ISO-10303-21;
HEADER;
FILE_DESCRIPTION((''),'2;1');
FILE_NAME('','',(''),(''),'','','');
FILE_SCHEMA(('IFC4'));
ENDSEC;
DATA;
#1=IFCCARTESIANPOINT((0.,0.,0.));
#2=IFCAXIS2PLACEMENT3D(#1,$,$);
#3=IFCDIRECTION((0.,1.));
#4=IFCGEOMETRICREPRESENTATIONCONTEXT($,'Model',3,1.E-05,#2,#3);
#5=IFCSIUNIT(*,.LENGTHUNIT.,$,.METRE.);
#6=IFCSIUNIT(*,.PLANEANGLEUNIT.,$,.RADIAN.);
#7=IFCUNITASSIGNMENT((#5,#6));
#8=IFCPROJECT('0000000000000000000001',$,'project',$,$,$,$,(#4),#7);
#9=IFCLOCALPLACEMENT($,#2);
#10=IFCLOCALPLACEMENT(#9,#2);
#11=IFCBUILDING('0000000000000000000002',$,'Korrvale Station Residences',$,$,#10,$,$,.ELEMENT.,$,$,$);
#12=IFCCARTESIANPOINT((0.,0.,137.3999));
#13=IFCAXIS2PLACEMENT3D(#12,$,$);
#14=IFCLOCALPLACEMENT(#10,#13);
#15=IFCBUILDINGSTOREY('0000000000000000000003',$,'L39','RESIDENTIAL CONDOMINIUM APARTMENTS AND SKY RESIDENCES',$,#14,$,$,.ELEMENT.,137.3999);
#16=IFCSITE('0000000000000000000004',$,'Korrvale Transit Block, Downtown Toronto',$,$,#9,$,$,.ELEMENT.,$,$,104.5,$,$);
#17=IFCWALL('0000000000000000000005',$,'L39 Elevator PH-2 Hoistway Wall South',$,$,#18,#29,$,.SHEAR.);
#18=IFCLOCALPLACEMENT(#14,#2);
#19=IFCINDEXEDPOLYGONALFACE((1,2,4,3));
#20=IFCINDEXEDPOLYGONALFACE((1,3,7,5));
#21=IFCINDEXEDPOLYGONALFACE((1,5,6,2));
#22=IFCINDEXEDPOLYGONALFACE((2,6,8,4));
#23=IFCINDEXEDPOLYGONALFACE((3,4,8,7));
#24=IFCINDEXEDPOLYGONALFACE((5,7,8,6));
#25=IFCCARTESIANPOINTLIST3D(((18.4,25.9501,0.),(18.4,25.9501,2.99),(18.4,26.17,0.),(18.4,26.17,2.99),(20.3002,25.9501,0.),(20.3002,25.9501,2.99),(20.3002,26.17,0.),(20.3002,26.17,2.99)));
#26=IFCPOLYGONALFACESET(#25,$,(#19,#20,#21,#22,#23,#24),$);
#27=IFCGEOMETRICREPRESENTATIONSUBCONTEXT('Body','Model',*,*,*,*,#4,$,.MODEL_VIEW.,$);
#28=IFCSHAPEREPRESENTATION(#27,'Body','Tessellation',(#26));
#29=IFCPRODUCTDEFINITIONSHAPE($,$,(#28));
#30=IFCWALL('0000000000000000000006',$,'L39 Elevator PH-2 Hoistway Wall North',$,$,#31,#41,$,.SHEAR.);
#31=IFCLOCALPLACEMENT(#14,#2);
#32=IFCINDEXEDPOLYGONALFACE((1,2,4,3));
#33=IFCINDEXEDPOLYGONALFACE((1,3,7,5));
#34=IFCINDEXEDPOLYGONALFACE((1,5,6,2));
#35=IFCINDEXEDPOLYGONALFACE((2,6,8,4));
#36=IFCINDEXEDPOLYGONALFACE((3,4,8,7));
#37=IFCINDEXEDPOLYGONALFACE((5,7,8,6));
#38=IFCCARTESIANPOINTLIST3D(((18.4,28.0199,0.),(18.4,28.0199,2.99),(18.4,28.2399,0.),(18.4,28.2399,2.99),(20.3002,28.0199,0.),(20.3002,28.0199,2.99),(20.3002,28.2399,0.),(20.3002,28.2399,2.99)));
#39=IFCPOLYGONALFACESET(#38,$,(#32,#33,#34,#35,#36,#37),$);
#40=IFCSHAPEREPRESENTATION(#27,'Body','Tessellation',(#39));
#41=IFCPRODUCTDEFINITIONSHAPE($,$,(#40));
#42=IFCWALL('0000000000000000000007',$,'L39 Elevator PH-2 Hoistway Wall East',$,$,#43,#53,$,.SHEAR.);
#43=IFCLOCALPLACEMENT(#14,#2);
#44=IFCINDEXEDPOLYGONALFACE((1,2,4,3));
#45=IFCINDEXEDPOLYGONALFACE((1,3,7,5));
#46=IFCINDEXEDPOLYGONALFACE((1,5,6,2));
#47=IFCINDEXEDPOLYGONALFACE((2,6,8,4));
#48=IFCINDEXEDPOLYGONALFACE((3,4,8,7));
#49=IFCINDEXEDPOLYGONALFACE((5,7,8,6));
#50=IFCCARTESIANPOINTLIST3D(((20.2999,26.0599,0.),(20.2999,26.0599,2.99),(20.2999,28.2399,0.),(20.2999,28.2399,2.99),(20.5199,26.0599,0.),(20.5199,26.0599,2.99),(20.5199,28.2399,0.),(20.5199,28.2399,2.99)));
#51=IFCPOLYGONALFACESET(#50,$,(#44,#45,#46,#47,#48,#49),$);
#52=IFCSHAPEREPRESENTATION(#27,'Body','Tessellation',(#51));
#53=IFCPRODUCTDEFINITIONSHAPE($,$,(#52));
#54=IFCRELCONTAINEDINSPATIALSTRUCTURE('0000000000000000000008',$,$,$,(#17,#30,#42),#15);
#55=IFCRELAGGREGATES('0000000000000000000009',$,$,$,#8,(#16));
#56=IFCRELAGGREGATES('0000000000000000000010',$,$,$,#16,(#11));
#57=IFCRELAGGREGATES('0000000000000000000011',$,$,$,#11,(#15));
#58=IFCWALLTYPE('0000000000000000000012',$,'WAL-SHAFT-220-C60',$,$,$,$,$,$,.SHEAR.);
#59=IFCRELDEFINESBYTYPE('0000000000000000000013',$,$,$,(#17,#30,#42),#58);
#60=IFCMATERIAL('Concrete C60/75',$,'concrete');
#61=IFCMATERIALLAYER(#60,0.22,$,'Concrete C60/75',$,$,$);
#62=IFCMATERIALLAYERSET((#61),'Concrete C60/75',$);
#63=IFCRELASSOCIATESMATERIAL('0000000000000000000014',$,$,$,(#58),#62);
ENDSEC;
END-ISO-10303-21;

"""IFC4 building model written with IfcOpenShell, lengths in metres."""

from ifc_helpers import new_model, si_unit, direction, frame, frame_2d, origin, place, context, subcontext, project, spatial, rectangle, extrude, material, layer, layer_set, type_object, element, save


model = new_model("IFC4")

# Units and contexts
model_context = context("Model", 3, precision=1e-05, world=origin(), true_north=direction((0.0, 1.0)))
body_context = subcontext(model_context, "Body", "Model", "MODEL_VIEW")
ifc_project = project(units=[si_unit("LENGTHUNIT", "METRE"), si_unit("PLANEANGLEUNIT", "RADIAN")], contexts=[model_context])

# Site, building, storey
site_placement = place(None, origin())
site = spatial("IfcSite", under=ifc_project, at=site_placement, Name="Korrvale Transit Block, Downtown Toronto", CompositionType="ELEMENT", RefElevation=104.5)
building_placement = place(site_placement, origin())
building = spatial("IfcBuilding", under=site, at=building_placement, Name="Korrvale Station Residences", CompositionType="ELEMENT")
storey_placement = place(building_placement, frame((0.0, 0.0, 137.3999)))
storey = spatial("IfcBuildingStorey", under=building, at=storey_placement, Name="L39", Description="RESIDENTIAL CONDOMINIUM APARTMENTS AND SKY RESIDENCES", CompositionType="ELEMENT", Elevation=137.3999)

# Shared definitions
ifc_material_1 = material(Name="Concrete C60/75", Category="concrete")

# Shared definitions
ifc_layer_1 = layer(ifc_material_1, 0.22, Name="Concrete C60/75")
ifc_layer_set_1 = layer_set([ifc_layer_1], Name="Concrete C60/75")
wall_type_1 = type_object("IfcWallType", Name="WAL-SHAFT-220-C60", PredefinedType="SHEAR", material=ifc_layer_set_1)

# Walls
for number, where, z_axis, x_axis, name in (
    (1, (18.3999, 26.0601, 0.0), (0.0, 0.0, 1.0), (1.0, 0.0, 0.0), "L39 Elevator PH-2 Hoistway Wall South"),
    (2, (18.3999, 28.1299, 0.0), (0.0, 0.0, 1.0), (1.0, 0.0, 0.0), "L39 Elevator PH-2 Hoistway Wall North"),
):
    element("IfcWall", number, at=place(storey_placement, frame(where, z_axis=z_axis, x_axis=x_axis)), inside=storey, type_object=wall_type_1, Name=name, PredefinedType="SHEAR", context=body_context, shape_type="SweptSolid", body=[
        extrude(rectangle(XDim=1.9001, YDim=0.22, at=frame_2d((0.9502, 0.0))), origin(), (0.0, 0.0, 1.0), 2.99),
    ])
wall_1_placement = place(storey_placement, frame((20.4099, 26.0601, 0.0), z_axis=(0.0, 0.0, 1.0), x_axis=(0.0, 1.0, 0.0)))
element("IfcWall", 3, at=wall_1_placement, inside=storey, type_object=wall_type_1, Name="L39 Elevator PH-2 Hoistway Wall East", PredefinedType="SHEAR", context=body_context, shape_type="SweptSolid", body=[
    extrude(rectangle(XDim=2.1799, YDim=0.22, at=frame_2d((1.0898, 0.0))), origin(), (0.0, 0.0, 1.0), 2.99),
])

save(model, "model.ifc")
